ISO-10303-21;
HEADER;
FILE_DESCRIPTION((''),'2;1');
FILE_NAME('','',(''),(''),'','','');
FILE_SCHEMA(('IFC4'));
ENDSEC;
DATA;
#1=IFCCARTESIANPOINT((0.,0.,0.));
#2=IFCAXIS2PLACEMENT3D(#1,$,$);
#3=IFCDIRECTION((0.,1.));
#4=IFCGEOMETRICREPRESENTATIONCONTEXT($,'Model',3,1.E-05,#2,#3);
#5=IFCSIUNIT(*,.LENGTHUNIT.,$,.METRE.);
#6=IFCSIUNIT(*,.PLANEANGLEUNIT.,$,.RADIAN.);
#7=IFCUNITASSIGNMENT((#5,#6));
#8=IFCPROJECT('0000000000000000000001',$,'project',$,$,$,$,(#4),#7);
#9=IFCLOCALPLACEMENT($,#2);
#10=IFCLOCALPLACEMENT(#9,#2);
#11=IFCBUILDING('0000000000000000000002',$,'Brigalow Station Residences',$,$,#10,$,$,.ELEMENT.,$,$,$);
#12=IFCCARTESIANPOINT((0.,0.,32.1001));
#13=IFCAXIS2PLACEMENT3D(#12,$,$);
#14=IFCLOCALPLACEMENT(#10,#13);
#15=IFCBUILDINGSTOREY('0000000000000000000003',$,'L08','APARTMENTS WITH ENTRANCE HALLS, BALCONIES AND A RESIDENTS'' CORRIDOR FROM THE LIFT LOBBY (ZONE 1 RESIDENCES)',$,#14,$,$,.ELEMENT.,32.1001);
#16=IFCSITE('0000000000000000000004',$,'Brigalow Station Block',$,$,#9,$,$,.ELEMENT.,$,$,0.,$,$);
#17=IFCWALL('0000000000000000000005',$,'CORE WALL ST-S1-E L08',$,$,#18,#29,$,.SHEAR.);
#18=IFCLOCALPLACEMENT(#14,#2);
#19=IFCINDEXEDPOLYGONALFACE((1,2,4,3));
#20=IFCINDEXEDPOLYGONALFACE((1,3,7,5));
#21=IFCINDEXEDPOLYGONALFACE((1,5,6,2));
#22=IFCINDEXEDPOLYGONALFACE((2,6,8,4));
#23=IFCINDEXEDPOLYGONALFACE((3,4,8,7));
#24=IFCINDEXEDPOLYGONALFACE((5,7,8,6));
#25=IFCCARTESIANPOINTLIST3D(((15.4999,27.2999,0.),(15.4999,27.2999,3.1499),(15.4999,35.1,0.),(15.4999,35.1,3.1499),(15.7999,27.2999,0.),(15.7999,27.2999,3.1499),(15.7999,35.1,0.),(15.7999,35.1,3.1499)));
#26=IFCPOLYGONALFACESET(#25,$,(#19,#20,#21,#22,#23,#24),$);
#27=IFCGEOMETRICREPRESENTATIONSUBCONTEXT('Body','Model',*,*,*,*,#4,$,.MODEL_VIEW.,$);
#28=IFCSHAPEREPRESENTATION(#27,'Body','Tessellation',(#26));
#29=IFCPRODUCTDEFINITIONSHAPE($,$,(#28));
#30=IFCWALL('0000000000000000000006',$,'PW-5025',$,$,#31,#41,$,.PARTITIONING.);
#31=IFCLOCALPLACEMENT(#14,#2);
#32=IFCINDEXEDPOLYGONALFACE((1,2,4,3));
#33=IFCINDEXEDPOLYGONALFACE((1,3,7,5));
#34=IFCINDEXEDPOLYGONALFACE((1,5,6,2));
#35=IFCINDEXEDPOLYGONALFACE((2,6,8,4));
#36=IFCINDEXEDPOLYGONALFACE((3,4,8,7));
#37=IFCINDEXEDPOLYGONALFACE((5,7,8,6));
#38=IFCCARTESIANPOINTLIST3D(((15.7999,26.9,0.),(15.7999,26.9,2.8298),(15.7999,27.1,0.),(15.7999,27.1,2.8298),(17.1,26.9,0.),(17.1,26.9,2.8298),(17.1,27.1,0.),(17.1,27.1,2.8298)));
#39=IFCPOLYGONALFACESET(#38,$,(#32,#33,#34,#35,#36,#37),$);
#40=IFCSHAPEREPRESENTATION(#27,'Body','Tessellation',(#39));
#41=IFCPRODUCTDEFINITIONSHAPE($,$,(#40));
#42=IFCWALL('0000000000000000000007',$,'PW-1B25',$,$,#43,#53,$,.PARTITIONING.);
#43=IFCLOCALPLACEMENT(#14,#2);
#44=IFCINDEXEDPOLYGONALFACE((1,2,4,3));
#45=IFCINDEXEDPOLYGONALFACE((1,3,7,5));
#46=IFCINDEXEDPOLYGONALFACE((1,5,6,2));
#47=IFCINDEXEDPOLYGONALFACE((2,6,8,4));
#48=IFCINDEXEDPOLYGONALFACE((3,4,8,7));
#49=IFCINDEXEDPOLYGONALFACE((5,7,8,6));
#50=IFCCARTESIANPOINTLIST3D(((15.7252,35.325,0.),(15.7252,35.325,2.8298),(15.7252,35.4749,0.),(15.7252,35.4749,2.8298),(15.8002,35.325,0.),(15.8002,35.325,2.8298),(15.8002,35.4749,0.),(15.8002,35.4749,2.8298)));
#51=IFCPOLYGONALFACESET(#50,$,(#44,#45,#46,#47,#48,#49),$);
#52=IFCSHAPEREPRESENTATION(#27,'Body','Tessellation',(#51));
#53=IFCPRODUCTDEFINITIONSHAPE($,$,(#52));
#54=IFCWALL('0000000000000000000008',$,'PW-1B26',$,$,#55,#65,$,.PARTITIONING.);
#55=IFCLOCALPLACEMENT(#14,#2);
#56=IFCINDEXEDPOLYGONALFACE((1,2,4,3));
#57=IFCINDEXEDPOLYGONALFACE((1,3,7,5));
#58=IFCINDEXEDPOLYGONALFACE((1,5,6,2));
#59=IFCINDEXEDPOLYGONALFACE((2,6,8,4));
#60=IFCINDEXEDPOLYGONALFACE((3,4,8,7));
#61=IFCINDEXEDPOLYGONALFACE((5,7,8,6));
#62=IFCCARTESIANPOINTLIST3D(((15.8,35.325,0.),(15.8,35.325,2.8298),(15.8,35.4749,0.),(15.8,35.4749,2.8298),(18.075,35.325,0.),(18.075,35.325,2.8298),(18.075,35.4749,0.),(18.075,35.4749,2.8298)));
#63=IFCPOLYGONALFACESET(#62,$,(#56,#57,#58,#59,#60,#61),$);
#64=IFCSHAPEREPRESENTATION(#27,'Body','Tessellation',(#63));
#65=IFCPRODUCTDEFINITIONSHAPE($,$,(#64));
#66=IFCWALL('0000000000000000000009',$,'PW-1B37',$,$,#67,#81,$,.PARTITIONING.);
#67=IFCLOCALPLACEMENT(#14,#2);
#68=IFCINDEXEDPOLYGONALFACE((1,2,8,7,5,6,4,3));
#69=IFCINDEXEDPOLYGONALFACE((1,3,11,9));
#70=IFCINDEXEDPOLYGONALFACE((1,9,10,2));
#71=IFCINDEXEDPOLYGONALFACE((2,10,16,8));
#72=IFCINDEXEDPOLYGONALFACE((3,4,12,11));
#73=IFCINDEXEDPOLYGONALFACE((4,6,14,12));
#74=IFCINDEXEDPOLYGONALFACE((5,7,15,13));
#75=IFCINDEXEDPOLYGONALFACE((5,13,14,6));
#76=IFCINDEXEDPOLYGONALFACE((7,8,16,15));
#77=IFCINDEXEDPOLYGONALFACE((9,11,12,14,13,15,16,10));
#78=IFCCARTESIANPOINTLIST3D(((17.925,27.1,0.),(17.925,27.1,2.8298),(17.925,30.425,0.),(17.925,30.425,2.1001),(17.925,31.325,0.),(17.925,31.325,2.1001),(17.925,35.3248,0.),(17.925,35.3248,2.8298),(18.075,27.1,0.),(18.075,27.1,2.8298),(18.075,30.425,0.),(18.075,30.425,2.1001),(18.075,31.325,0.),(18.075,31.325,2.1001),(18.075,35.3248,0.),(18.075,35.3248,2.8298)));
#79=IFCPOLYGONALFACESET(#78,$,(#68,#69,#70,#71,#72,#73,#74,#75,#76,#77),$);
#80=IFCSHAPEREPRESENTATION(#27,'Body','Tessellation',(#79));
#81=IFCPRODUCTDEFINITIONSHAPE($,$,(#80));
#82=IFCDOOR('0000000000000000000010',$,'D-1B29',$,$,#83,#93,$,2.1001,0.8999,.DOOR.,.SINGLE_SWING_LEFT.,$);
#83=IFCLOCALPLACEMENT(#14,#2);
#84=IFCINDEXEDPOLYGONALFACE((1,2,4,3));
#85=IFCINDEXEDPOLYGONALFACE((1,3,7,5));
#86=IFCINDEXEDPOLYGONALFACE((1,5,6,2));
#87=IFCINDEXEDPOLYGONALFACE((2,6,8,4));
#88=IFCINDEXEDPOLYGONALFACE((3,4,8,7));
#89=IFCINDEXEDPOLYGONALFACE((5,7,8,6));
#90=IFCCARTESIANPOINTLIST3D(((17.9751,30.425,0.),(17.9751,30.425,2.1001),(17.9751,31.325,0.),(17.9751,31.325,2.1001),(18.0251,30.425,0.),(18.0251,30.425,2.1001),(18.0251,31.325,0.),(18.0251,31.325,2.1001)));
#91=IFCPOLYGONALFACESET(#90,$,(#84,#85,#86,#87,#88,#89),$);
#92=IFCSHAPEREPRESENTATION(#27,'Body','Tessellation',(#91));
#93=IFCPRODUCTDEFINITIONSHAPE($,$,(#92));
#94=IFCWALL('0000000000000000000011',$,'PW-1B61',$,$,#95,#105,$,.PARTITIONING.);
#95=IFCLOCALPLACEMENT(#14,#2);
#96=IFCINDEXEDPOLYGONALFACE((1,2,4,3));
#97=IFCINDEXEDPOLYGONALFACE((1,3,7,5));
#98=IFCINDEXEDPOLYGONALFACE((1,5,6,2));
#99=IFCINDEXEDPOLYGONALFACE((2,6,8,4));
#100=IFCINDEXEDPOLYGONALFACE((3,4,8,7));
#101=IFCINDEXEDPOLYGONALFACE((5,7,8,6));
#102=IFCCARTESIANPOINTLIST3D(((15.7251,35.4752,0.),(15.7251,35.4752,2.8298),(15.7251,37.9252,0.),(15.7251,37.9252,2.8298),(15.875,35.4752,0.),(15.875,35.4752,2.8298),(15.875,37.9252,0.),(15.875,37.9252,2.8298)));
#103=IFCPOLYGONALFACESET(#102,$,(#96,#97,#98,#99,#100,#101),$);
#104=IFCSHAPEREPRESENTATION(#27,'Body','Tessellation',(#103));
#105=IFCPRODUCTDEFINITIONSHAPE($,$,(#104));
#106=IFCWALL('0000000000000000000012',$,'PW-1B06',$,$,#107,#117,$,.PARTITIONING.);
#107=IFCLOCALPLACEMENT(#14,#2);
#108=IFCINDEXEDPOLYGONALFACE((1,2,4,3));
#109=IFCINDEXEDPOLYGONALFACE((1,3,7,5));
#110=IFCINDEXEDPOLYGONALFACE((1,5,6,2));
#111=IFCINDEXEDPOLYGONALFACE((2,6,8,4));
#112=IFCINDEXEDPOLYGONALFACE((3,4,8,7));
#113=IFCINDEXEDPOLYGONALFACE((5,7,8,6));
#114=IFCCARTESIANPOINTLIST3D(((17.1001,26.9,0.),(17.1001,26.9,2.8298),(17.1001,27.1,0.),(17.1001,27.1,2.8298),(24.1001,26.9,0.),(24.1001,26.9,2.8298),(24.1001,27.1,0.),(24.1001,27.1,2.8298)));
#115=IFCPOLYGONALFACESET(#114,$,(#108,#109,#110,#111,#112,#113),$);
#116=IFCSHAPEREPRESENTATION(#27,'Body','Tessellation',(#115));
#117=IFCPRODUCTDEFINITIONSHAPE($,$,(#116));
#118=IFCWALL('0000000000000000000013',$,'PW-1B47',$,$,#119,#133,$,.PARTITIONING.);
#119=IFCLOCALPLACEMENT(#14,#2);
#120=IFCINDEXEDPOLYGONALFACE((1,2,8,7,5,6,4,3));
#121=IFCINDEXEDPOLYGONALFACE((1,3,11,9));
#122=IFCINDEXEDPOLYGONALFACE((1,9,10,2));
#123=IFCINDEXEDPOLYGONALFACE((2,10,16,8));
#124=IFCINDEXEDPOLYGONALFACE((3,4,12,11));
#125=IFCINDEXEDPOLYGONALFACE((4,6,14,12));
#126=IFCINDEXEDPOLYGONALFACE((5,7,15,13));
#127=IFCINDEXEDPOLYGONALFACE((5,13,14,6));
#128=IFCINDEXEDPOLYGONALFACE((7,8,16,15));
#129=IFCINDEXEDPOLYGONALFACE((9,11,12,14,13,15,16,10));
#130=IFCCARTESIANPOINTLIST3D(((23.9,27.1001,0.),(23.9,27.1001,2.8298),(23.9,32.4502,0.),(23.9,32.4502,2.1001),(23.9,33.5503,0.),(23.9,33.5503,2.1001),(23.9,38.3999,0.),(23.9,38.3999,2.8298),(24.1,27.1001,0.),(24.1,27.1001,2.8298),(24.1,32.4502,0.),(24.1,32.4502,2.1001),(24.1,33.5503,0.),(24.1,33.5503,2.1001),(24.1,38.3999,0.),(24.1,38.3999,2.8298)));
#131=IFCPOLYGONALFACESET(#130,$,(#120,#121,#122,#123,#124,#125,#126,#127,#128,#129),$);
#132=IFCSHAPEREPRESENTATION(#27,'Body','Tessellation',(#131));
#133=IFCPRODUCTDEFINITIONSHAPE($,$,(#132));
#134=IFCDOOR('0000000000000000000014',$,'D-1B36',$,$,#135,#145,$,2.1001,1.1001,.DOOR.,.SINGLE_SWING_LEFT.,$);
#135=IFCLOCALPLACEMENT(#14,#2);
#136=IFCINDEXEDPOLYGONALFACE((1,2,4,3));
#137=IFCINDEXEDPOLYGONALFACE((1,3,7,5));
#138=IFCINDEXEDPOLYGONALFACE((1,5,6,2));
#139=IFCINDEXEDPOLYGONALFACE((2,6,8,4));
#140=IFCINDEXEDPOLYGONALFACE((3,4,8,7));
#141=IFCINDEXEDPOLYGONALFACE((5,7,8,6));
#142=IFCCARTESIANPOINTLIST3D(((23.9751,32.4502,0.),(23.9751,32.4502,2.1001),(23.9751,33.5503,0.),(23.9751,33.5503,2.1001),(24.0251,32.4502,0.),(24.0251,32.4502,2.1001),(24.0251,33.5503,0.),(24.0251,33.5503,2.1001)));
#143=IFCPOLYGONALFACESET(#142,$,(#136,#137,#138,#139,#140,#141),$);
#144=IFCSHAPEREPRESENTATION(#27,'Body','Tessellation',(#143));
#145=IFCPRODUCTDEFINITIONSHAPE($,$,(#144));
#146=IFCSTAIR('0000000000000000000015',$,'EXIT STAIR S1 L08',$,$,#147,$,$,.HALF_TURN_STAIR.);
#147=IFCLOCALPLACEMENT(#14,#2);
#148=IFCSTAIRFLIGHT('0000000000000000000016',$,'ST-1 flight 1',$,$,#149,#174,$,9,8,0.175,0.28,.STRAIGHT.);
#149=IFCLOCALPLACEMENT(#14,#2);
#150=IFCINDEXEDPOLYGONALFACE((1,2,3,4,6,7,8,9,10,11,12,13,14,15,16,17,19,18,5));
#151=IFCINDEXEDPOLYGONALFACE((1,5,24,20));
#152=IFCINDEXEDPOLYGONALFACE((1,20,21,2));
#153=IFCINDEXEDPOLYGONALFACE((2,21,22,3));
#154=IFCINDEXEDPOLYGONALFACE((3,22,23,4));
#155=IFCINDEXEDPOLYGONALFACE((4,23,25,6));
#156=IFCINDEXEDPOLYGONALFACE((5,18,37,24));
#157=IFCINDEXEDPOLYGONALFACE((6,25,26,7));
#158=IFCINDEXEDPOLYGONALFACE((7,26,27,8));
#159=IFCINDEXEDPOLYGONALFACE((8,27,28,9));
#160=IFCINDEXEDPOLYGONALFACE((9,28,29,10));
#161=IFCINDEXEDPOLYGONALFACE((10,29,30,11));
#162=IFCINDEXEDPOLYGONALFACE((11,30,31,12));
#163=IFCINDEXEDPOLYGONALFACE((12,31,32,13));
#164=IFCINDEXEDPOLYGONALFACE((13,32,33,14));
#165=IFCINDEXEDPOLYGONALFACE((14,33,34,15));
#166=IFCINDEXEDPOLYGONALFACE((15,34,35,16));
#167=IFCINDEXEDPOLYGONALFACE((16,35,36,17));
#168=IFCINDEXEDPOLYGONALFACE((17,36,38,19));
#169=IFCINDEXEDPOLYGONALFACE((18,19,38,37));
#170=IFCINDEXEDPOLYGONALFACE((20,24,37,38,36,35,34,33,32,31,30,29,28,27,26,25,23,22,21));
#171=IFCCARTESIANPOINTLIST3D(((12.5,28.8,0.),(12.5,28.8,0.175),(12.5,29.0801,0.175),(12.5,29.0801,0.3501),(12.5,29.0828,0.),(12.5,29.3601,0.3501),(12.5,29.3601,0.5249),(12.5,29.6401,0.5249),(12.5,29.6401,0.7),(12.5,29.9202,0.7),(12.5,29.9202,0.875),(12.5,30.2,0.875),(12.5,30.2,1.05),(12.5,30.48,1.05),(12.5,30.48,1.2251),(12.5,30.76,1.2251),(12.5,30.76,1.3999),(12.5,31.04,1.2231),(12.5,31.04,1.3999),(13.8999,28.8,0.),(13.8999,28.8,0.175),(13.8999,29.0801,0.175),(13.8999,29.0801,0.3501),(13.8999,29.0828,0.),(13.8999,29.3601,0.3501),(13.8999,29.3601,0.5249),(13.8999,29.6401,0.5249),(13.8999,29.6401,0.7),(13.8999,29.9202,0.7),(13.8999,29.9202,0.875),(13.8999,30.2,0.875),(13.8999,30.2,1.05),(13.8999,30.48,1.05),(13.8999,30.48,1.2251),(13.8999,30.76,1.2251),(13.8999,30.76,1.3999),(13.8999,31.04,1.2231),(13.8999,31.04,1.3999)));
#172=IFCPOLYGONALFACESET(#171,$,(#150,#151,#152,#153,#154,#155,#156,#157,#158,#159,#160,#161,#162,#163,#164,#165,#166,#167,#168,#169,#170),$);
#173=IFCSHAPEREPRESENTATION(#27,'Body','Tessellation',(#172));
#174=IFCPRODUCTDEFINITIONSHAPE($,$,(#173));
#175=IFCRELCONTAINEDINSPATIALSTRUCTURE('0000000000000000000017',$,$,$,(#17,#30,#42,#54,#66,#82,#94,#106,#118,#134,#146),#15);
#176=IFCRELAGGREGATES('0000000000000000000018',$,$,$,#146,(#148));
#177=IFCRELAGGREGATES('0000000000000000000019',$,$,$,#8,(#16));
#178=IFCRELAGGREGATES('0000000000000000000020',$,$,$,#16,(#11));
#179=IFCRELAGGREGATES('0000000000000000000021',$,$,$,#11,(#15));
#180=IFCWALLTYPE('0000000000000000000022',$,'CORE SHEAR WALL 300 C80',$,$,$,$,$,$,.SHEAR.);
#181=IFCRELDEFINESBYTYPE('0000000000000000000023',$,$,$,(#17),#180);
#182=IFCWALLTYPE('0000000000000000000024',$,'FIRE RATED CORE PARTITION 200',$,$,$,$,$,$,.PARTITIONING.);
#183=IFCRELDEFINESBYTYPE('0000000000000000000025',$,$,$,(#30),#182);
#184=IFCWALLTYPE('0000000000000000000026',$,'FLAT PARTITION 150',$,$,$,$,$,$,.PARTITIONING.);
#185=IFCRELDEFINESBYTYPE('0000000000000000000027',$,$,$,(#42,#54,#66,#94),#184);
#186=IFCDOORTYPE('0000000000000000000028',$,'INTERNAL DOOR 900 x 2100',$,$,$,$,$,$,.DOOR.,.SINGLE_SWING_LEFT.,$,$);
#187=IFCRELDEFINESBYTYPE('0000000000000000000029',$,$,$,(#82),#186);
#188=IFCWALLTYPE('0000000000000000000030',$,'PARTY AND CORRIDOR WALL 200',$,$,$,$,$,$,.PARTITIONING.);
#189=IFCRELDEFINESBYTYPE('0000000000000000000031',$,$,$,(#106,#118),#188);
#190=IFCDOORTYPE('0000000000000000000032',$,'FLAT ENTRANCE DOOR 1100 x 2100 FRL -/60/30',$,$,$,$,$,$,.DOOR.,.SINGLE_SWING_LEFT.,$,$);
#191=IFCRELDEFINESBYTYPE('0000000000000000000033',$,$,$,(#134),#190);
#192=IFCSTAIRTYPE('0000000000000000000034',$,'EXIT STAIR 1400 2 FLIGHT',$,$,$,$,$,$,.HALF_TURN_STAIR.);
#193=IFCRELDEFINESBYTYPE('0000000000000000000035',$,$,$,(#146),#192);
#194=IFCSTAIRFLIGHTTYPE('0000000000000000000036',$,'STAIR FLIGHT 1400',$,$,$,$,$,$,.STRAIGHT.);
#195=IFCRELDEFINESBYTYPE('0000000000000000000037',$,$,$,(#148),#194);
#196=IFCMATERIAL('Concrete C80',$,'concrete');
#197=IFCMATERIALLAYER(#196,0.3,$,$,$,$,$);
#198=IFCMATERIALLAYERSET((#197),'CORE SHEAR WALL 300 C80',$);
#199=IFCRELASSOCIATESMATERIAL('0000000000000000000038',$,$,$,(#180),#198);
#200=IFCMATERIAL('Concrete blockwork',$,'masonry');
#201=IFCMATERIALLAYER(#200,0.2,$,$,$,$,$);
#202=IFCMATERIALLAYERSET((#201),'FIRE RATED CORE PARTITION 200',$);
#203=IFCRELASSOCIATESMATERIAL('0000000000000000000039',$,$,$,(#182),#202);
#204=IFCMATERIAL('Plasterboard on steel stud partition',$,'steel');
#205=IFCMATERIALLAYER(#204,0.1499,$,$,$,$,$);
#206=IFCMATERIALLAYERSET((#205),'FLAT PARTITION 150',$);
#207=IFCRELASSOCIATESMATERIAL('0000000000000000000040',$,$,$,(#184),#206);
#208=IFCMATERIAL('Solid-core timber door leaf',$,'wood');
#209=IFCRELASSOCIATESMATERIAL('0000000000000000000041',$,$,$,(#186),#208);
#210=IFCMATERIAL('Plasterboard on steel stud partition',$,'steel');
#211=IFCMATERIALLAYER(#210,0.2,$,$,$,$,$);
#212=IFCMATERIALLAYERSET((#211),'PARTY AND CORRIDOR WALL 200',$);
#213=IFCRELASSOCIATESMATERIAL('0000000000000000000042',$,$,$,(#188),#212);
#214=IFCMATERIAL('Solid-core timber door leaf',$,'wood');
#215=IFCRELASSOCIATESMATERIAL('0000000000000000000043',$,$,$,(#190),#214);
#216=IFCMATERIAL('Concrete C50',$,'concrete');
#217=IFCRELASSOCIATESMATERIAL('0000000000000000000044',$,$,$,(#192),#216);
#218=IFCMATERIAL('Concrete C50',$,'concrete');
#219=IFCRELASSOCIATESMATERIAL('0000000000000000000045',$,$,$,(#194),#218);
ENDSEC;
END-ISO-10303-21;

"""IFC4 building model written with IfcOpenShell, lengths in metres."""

from ifc_helpers import new_model, si_unit, direction, frame, frame_2d, origin, place, context, subcontext, project, spatial, polyline, rectangle, outline, extrude, material, layer, layer_set, type_object, element, fill, aggregate, save


model = new_model("IFC4")

# Units and contexts
model_context = context("Model", 3, precision=1e-05, world=origin(), true_north=direction((0.0, 1.0)))
body_context = subcontext(model_context, "Body", "Model", "MODEL_VIEW")
ifc_project = project(units=[si_unit("LENGTHUNIT", "METRE"), si_unit("PLANEANGLEUNIT", "RADIAN")], contexts=[model_context])

# Site, building, storey
site_placement = place(None, origin())
site = spatial("IfcSite", under=ifc_project, at=site_placement, Name="Brigalow Station Block", CompositionType="ELEMENT", RefElevation=0.0)
building_placement = place(site_placement, origin())
building = spatial("IfcBuilding", under=site, at=building_placement, Name="Brigalow Station Residences", CompositionType="ELEMENT")
storey_placement = place(building_placement, frame((0.0, 0.0, 32.1001)))
storey = spatial("IfcBuildingStorey", under=building, at=storey_placement, Name="L08", Description="APARTMENTS WITH ENTRANCE HALLS, BALCONIES AND A RESIDENTS' CORRIDOR FROM THE LIFT LOBBY (ZONE 1 RESIDENCES)", CompositionType="ELEMENT", Elevation=32.1001)

# Walls
ifc_material_1 = material(Name="Concrete C80", Category="concrete")
ifc_layer_1 = layer(ifc_material_1, 0.3)
ifc_layer_set_1 = layer_set([ifc_layer_1], Name="CORE SHEAR WALL 300 C80")
wall_type_1 = type_object("IfcWallType", Name="CORE SHEAR WALL 300 C80", PredefinedType="SHEAR", material=ifc_layer_set_1)
wall_1_placement = place(storey_placement, frame((15.6499, 27.3, 0.0), z_axis=(0.0, 0.0, 1.0), x_axis=(0.0, 1.0, 0.0)))
element("IfcWall", 1, at=wall_1_placement, inside=storey, type_object=wall_type_1, Name="CORE WALL ST-S1-E L08", PredefinedType="SHEAR", context=body_context, shape_type="SweptSolid", body=[
    extrude(rectangle(XDim=7.8, YDim=0.3, at=frame_2d((3.8999, 0.0))), origin(), (0.0, 0.0, 1.0), 3.1499),
])
ifc_material_2 = material(Name="Concrete blockwork", Category="masonry")
ifc_layer_2 = layer(ifc_material_2, 0.2)
ifc_layer_set_2 = layer_set([ifc_layer_2], Name="FIRE RATED CORE PARTITION 200")
wall_type_2 = type_object("IfcWallType", Name="FIRE RATED CORE PARTITION 200", PredefinedType="PARTITIONING", material=ifc_layer_set_2)
wall_2_placement = place(storey_placement, frame((15.8, 27.0, 0.0), z_axis=(0.0, 0.0, 1.0), x_axis=(1.0, 0.0, 0.0)))
element("IfcWall", 2, at=wall_2_placement, inside=storey, type_object=wall_type_2, Name="PW-5025", PredefinedType="PARTITIONING", context=body_context, shape_type="SweptSolid", body=[
    extrude(rectangle(XDim=1.3, YDim=0.2, at=frame_2d((0.6499, 0.0))), origin(), (0.0, 0.0, 1.0), 2.8298),
])
ifc_material_3 = material(Name="Plasterboard on steel stud partition", Category="steel")
ifc_layer_3 = layer(ifc_material_3, 0.1499)
ifc_layer_set_3 = layer_set([ifc_layer_3], Name="FLAT PARTITION 150")
wall_type_3 = type_object("IfcWallType", Name="FLAT PARTITION 150", PredefinedType="PARTITIONING", material=ifc_layer_set_3)
wall_3_placement = place(storey_placement, frame((15.7251, 35.3999, 0.0), z_axis=(0.0, 0.0, 1.0), x_axis=(1.0, 0.0, 0.0)))
element("IfcWall", 3, at=wall_3_placement, inside=storey, type_object=wall_type_3, Name="PW-1B25", PredefinedType="PARTITIONING", context=body_context, shape_type="SweptSolid", body=[
    extrude(rectangle(XDim=0.075, YDim=0.1499, at=frame_2d((0.0376, 0.0))), origin(), (0.0, 0.0, 1.0), 2.8298),
])
wall_4_placement = place(storey_placement, frame((15.8, 35.3999, 0.0), z_axis=(0.0, 0.0, 1.0), x_axis=(1.0, 0.0, 0.0)))
element("IfcWall", 4, at=wall_4_placement, inside=storey, type_object=wall_type_3, Name="PW-1B26", PredefinedType="PARTITIONING", context=body_context, shape_type="SweptSolid", body=[
    extrude(rectangle(XDim=2.2749, YDim=0.1499, at=frame_2d((1.1375, 0.0))), origin(), (0.0, 0.0, 1.0), 2.8298),
])

# Wall, opening, door
wall_5_placement = place(storey_placement, frame((18.0, 27.1001, 0.0), z_axis=(0.0, 0.0, 1.0), x_axis=(0.0, 1.0, 0.0)))
wall_5 = element("IfcWall", 5, at=wall_5_placement, inside=storey, type_object=wall_type_3, Name="PW-1B37", PredefinedType="PARTITIONING", context=body_context, shape_type="SweptSolid", body=[
    extrude(rectangle(XDim=8.2249, YDim=0.1499, at=frame_2d((4.1123, 0.0))), origin(), (0.0, 0.0, 1.0), 2.8298),
])
opening_1_placement = place(wall_5_placement, frame((3.325, 0.0, 0.0)))
opening_1 = element("IfcOpeningElement", 6, at=opening_1_placement, cuts=wall_5, PredefinedType="OPENING", context=body_context, shape_type="SweptSolid", body=[
    extrude(rectangle(XDim=0.8999, YDim=2.1001, at=frame_2d((0.45, 1.05))), frame((0.0, 0.085, 0.0), z_axis=(0.0, -1.0, 0.0), x_axis=(1.0, 0.0, 0.0)), (0.0, 0.0, 1.0), 0.1699),
])
ifc_material_4 = material(Name="Solid-core timber door leaf", Category="wood")
door_type_1 = type_object("IfcDoorType", Name="INTERNAL DOOR 900 x 2100", OperationType="SINGLE_SWING_LEFT", PredefinedType="DOOR", material=ifc_material_4)
door_1_placement = place(opening_1_placement, origin())
door_1 = element("IfcDoor", 7, at=door_1_placement, inside=storey, type_object=door_type_1, Name="D-1B29", OperationType="SINGLE_SWING_LEFT", OverallHeight=2.1001, OverallWidth=0.8999, PredefinedType="DOOR", context=body_context, shape_type="SweptSolid", body=[
    extrude(rectangle(XDim=0.8999, YDim=2.1001, at=frame_2d((0.45, 1.05))), frame((0.0, 0.0249, 0.0), z_axis=(0.0, -1.0, 0.0), x_axis=(1.0, 0.0, 0.0)), (0.0, 0.0, 1.0), 0.05),
])
fill(opening_1, door_1)

# Walls
wall_6_placement = place(storey_placement, frame((15.8, 35.4751, 0.0), z_axis=(0.0, 0.0, 1.0), x_axis=(0.0, 1.0, 0.0)))
element("IfcWall", 8, at=wall_6_placement, inside=storey, type_object=wall_type_3, Name="PW-1B61", PredefinedType="PARTITIONING", context=body_context, shape_type="SweptSolid", body=[
    extrude(rectangle(XDim=2.45, YDim=0.1499, at=frame_2d((1.2251, 0.0))), origin(), (0.0, 0.0, 1.0), 2.8298),
])
ifc_material_5 = material(Name="Plasterboard on steel stud partition", Category="steel")
ifc_layer_4 = layer(ifc_material_5, 0.2)
ifc_layer_set_4 = layer_set([ifc_layer_4], Name="PARTY AND CORRIDOR WALL 200")
wall_type_4 = type_object("IfcWallType", Name="PARTY AND CORRIDOR WALL 200", PredefinedType="PARTITIONING", material=ifc_layer_set_4)
wall_7_placement = place(storey_placement, frame((17.1001, 27.0, 0.0), z_axis=(0.0, 0.0, 1.0), x_axis=(1.0, 0.0, 0.0)))
element("IfcWall", 9, at=wall_7_placement, inside=storey, type_object=wall_type_4, Name="PW-1B06", PredefinedType="PARTITIONING", context=body_context, shape_type="SweptSolid", body=[
    extrude(rectangle(XDim=7.0, YDim=0.2, at=frame_2d((3.5, 0.0))), origin(), (0.0, 0.0, 1.0), 2.8298),
])

# Wall, opening, door
wall_8_placement = place(storey_placement, frame((24.0, 27.1001, 0.0), z_axis=(0.0, 0.0, 1.0), x_axis=(0.0, 1.0, 0.0)))
wall_8 = element("IfcWall", 10, at=wall_8_placement, inside=storey, type_object=wall_type_4, Name="PW-1B47", PredefinedType="PARTITIONING", context=body_context, shape_type="SweptSolid", body=[
    extrude(rectangle(XDim=11.2998, YDim=0.2, at=frame_2d((5.6499, 0.0))), origin(), (0.0, 0.0, 1.0), 2.8298),
])
opening_2_placement = place(wall_8_placement, frame((5.3501, 0.0, 0.0)))
opening_2 = element("IfcOpeningElement", 11, at=opening_2_placement, cuts=wall_8, PredefinedType="OPENING", context=body_context, shape_type="SweptSolid", body=[
    extrude(rectangle(XDim=1.1001, YDim=2.1001, at=frame_2d((0.55, 1.05))), frame((0.0, 0.1099, 0.0), z_axis=(0.0, -1.0, 0.0), x_axis=(1.0, 0.0, 0.0)), (0.0, 0.0, 1.0), 0.22),
])
ifc_material_6 = material(Name="Solid-core timber door leaf", Category="wood")
door_type_2 = type_object("IfcDoorType", Name="FLAT ENTRANCE DOOR 1100 x 2100 FRL -/60/30", OperationType="SINGLE_SWING_LEFT", PredefinedType="DOOR", material=ifc_material_6)
door_2_placement = place(opening_2_placement, origin())
door_2 = element("IfcDoor", 12, at=door_2_placement, inside=storey, type_object=door_type_2, Name="D-1B36", OperationType="SINGLE_SWING_LEFT", OverallHeight=2.1001, OverallWidth=1.1001, PredefinedType="DOOR", context=body_context, shape_type="SweptSolid", body=[
    extrude(rectangle(XDim=1.1001, YDim=2.1001, at=frame_2d((0.55, 1.05))), frame((0.0, 0.0249, 0.0), z_axis=(0.0, -1.0, 0.0), x_axis=(1.0, 0.0, 0.0)), (0.0, 0.0, 1.0), 0.05),
])
fill(opening_2, door_2)

# Stair, stair flight
ifc_material_7 = material(Name="Concrete C50", Category="concrete")
stair_type = type_object("IfcStairType", Name="EXIT STAIR 1400 2 FLIGHT", PredefinedType="HALF_TURN_STAIR", material=ifc_material_7)
stair_placement = place(storey_placement, origin())
stair = element("IfcStair", 13, at=stair_placement, inside=storey, type_object=stair_type, Name="EXIT STAIR S1 L08", PredefinedType="HALF_TURN_STAIR")
ifc_material_8 = material(Name="Concrete C50", Category="concrete")
stair_flight_type = type_object("IfcStairFlightType", Name="STAIR FLIGHT 1400", PredefinedType="STRAIGHT", material=ifc_material_8)
stair_flight_1_placement = place(storey_placement, frame((13.2, 28.8, 0.0), z_axis=(0.0, 0.0, 1.0), x_axis=(0.0, 1.0, 0.0)))
stair_flight_1 = element("IfcStairFlight", 14, at=stair_flight_1_placement, type_object=stair_flight_type, Name="ST-1 flight 1", NumberOfRisers=9, NumberOfTreads=8, PredefinedType="STRAIGHT", RiserHeight=0.175, TreadLength=0.28, context=body_context, shape_type="SweptSolid", body=[
    extrude(outline(polyline([(0.0, 0.0), (0.0, 0.175), (0.28, 0.175), (0.28, 0.3501), (0.5601, 0.3501), (0.5601, 0.5249), (0.8401, 0.5249), (0.8401, 0.7), (1.1201, 0.7), (1.1201, 0.875), (1.3999, 0.875), (1.3999, 1.05), (1.6799, 1.05), (1.6799, 1.2251), (1.96, 1.2251), (1.96, 1.3999), (2.24, 1.3999), (2.24, 1.575), (2.24, 1.2231), (0.2827, 0.0), (0.0, 0.0)])), frame((0.0, 0.7, 0.0), z_axis=(0.0, -1.0, 0.0), x_axis=(1.0, 0.0, 0.0)), (0.0, 0.0, 1.0), 1.3999),
])
aggregate(stair, [stair_flight_1])

save(model, "model.ifc")
